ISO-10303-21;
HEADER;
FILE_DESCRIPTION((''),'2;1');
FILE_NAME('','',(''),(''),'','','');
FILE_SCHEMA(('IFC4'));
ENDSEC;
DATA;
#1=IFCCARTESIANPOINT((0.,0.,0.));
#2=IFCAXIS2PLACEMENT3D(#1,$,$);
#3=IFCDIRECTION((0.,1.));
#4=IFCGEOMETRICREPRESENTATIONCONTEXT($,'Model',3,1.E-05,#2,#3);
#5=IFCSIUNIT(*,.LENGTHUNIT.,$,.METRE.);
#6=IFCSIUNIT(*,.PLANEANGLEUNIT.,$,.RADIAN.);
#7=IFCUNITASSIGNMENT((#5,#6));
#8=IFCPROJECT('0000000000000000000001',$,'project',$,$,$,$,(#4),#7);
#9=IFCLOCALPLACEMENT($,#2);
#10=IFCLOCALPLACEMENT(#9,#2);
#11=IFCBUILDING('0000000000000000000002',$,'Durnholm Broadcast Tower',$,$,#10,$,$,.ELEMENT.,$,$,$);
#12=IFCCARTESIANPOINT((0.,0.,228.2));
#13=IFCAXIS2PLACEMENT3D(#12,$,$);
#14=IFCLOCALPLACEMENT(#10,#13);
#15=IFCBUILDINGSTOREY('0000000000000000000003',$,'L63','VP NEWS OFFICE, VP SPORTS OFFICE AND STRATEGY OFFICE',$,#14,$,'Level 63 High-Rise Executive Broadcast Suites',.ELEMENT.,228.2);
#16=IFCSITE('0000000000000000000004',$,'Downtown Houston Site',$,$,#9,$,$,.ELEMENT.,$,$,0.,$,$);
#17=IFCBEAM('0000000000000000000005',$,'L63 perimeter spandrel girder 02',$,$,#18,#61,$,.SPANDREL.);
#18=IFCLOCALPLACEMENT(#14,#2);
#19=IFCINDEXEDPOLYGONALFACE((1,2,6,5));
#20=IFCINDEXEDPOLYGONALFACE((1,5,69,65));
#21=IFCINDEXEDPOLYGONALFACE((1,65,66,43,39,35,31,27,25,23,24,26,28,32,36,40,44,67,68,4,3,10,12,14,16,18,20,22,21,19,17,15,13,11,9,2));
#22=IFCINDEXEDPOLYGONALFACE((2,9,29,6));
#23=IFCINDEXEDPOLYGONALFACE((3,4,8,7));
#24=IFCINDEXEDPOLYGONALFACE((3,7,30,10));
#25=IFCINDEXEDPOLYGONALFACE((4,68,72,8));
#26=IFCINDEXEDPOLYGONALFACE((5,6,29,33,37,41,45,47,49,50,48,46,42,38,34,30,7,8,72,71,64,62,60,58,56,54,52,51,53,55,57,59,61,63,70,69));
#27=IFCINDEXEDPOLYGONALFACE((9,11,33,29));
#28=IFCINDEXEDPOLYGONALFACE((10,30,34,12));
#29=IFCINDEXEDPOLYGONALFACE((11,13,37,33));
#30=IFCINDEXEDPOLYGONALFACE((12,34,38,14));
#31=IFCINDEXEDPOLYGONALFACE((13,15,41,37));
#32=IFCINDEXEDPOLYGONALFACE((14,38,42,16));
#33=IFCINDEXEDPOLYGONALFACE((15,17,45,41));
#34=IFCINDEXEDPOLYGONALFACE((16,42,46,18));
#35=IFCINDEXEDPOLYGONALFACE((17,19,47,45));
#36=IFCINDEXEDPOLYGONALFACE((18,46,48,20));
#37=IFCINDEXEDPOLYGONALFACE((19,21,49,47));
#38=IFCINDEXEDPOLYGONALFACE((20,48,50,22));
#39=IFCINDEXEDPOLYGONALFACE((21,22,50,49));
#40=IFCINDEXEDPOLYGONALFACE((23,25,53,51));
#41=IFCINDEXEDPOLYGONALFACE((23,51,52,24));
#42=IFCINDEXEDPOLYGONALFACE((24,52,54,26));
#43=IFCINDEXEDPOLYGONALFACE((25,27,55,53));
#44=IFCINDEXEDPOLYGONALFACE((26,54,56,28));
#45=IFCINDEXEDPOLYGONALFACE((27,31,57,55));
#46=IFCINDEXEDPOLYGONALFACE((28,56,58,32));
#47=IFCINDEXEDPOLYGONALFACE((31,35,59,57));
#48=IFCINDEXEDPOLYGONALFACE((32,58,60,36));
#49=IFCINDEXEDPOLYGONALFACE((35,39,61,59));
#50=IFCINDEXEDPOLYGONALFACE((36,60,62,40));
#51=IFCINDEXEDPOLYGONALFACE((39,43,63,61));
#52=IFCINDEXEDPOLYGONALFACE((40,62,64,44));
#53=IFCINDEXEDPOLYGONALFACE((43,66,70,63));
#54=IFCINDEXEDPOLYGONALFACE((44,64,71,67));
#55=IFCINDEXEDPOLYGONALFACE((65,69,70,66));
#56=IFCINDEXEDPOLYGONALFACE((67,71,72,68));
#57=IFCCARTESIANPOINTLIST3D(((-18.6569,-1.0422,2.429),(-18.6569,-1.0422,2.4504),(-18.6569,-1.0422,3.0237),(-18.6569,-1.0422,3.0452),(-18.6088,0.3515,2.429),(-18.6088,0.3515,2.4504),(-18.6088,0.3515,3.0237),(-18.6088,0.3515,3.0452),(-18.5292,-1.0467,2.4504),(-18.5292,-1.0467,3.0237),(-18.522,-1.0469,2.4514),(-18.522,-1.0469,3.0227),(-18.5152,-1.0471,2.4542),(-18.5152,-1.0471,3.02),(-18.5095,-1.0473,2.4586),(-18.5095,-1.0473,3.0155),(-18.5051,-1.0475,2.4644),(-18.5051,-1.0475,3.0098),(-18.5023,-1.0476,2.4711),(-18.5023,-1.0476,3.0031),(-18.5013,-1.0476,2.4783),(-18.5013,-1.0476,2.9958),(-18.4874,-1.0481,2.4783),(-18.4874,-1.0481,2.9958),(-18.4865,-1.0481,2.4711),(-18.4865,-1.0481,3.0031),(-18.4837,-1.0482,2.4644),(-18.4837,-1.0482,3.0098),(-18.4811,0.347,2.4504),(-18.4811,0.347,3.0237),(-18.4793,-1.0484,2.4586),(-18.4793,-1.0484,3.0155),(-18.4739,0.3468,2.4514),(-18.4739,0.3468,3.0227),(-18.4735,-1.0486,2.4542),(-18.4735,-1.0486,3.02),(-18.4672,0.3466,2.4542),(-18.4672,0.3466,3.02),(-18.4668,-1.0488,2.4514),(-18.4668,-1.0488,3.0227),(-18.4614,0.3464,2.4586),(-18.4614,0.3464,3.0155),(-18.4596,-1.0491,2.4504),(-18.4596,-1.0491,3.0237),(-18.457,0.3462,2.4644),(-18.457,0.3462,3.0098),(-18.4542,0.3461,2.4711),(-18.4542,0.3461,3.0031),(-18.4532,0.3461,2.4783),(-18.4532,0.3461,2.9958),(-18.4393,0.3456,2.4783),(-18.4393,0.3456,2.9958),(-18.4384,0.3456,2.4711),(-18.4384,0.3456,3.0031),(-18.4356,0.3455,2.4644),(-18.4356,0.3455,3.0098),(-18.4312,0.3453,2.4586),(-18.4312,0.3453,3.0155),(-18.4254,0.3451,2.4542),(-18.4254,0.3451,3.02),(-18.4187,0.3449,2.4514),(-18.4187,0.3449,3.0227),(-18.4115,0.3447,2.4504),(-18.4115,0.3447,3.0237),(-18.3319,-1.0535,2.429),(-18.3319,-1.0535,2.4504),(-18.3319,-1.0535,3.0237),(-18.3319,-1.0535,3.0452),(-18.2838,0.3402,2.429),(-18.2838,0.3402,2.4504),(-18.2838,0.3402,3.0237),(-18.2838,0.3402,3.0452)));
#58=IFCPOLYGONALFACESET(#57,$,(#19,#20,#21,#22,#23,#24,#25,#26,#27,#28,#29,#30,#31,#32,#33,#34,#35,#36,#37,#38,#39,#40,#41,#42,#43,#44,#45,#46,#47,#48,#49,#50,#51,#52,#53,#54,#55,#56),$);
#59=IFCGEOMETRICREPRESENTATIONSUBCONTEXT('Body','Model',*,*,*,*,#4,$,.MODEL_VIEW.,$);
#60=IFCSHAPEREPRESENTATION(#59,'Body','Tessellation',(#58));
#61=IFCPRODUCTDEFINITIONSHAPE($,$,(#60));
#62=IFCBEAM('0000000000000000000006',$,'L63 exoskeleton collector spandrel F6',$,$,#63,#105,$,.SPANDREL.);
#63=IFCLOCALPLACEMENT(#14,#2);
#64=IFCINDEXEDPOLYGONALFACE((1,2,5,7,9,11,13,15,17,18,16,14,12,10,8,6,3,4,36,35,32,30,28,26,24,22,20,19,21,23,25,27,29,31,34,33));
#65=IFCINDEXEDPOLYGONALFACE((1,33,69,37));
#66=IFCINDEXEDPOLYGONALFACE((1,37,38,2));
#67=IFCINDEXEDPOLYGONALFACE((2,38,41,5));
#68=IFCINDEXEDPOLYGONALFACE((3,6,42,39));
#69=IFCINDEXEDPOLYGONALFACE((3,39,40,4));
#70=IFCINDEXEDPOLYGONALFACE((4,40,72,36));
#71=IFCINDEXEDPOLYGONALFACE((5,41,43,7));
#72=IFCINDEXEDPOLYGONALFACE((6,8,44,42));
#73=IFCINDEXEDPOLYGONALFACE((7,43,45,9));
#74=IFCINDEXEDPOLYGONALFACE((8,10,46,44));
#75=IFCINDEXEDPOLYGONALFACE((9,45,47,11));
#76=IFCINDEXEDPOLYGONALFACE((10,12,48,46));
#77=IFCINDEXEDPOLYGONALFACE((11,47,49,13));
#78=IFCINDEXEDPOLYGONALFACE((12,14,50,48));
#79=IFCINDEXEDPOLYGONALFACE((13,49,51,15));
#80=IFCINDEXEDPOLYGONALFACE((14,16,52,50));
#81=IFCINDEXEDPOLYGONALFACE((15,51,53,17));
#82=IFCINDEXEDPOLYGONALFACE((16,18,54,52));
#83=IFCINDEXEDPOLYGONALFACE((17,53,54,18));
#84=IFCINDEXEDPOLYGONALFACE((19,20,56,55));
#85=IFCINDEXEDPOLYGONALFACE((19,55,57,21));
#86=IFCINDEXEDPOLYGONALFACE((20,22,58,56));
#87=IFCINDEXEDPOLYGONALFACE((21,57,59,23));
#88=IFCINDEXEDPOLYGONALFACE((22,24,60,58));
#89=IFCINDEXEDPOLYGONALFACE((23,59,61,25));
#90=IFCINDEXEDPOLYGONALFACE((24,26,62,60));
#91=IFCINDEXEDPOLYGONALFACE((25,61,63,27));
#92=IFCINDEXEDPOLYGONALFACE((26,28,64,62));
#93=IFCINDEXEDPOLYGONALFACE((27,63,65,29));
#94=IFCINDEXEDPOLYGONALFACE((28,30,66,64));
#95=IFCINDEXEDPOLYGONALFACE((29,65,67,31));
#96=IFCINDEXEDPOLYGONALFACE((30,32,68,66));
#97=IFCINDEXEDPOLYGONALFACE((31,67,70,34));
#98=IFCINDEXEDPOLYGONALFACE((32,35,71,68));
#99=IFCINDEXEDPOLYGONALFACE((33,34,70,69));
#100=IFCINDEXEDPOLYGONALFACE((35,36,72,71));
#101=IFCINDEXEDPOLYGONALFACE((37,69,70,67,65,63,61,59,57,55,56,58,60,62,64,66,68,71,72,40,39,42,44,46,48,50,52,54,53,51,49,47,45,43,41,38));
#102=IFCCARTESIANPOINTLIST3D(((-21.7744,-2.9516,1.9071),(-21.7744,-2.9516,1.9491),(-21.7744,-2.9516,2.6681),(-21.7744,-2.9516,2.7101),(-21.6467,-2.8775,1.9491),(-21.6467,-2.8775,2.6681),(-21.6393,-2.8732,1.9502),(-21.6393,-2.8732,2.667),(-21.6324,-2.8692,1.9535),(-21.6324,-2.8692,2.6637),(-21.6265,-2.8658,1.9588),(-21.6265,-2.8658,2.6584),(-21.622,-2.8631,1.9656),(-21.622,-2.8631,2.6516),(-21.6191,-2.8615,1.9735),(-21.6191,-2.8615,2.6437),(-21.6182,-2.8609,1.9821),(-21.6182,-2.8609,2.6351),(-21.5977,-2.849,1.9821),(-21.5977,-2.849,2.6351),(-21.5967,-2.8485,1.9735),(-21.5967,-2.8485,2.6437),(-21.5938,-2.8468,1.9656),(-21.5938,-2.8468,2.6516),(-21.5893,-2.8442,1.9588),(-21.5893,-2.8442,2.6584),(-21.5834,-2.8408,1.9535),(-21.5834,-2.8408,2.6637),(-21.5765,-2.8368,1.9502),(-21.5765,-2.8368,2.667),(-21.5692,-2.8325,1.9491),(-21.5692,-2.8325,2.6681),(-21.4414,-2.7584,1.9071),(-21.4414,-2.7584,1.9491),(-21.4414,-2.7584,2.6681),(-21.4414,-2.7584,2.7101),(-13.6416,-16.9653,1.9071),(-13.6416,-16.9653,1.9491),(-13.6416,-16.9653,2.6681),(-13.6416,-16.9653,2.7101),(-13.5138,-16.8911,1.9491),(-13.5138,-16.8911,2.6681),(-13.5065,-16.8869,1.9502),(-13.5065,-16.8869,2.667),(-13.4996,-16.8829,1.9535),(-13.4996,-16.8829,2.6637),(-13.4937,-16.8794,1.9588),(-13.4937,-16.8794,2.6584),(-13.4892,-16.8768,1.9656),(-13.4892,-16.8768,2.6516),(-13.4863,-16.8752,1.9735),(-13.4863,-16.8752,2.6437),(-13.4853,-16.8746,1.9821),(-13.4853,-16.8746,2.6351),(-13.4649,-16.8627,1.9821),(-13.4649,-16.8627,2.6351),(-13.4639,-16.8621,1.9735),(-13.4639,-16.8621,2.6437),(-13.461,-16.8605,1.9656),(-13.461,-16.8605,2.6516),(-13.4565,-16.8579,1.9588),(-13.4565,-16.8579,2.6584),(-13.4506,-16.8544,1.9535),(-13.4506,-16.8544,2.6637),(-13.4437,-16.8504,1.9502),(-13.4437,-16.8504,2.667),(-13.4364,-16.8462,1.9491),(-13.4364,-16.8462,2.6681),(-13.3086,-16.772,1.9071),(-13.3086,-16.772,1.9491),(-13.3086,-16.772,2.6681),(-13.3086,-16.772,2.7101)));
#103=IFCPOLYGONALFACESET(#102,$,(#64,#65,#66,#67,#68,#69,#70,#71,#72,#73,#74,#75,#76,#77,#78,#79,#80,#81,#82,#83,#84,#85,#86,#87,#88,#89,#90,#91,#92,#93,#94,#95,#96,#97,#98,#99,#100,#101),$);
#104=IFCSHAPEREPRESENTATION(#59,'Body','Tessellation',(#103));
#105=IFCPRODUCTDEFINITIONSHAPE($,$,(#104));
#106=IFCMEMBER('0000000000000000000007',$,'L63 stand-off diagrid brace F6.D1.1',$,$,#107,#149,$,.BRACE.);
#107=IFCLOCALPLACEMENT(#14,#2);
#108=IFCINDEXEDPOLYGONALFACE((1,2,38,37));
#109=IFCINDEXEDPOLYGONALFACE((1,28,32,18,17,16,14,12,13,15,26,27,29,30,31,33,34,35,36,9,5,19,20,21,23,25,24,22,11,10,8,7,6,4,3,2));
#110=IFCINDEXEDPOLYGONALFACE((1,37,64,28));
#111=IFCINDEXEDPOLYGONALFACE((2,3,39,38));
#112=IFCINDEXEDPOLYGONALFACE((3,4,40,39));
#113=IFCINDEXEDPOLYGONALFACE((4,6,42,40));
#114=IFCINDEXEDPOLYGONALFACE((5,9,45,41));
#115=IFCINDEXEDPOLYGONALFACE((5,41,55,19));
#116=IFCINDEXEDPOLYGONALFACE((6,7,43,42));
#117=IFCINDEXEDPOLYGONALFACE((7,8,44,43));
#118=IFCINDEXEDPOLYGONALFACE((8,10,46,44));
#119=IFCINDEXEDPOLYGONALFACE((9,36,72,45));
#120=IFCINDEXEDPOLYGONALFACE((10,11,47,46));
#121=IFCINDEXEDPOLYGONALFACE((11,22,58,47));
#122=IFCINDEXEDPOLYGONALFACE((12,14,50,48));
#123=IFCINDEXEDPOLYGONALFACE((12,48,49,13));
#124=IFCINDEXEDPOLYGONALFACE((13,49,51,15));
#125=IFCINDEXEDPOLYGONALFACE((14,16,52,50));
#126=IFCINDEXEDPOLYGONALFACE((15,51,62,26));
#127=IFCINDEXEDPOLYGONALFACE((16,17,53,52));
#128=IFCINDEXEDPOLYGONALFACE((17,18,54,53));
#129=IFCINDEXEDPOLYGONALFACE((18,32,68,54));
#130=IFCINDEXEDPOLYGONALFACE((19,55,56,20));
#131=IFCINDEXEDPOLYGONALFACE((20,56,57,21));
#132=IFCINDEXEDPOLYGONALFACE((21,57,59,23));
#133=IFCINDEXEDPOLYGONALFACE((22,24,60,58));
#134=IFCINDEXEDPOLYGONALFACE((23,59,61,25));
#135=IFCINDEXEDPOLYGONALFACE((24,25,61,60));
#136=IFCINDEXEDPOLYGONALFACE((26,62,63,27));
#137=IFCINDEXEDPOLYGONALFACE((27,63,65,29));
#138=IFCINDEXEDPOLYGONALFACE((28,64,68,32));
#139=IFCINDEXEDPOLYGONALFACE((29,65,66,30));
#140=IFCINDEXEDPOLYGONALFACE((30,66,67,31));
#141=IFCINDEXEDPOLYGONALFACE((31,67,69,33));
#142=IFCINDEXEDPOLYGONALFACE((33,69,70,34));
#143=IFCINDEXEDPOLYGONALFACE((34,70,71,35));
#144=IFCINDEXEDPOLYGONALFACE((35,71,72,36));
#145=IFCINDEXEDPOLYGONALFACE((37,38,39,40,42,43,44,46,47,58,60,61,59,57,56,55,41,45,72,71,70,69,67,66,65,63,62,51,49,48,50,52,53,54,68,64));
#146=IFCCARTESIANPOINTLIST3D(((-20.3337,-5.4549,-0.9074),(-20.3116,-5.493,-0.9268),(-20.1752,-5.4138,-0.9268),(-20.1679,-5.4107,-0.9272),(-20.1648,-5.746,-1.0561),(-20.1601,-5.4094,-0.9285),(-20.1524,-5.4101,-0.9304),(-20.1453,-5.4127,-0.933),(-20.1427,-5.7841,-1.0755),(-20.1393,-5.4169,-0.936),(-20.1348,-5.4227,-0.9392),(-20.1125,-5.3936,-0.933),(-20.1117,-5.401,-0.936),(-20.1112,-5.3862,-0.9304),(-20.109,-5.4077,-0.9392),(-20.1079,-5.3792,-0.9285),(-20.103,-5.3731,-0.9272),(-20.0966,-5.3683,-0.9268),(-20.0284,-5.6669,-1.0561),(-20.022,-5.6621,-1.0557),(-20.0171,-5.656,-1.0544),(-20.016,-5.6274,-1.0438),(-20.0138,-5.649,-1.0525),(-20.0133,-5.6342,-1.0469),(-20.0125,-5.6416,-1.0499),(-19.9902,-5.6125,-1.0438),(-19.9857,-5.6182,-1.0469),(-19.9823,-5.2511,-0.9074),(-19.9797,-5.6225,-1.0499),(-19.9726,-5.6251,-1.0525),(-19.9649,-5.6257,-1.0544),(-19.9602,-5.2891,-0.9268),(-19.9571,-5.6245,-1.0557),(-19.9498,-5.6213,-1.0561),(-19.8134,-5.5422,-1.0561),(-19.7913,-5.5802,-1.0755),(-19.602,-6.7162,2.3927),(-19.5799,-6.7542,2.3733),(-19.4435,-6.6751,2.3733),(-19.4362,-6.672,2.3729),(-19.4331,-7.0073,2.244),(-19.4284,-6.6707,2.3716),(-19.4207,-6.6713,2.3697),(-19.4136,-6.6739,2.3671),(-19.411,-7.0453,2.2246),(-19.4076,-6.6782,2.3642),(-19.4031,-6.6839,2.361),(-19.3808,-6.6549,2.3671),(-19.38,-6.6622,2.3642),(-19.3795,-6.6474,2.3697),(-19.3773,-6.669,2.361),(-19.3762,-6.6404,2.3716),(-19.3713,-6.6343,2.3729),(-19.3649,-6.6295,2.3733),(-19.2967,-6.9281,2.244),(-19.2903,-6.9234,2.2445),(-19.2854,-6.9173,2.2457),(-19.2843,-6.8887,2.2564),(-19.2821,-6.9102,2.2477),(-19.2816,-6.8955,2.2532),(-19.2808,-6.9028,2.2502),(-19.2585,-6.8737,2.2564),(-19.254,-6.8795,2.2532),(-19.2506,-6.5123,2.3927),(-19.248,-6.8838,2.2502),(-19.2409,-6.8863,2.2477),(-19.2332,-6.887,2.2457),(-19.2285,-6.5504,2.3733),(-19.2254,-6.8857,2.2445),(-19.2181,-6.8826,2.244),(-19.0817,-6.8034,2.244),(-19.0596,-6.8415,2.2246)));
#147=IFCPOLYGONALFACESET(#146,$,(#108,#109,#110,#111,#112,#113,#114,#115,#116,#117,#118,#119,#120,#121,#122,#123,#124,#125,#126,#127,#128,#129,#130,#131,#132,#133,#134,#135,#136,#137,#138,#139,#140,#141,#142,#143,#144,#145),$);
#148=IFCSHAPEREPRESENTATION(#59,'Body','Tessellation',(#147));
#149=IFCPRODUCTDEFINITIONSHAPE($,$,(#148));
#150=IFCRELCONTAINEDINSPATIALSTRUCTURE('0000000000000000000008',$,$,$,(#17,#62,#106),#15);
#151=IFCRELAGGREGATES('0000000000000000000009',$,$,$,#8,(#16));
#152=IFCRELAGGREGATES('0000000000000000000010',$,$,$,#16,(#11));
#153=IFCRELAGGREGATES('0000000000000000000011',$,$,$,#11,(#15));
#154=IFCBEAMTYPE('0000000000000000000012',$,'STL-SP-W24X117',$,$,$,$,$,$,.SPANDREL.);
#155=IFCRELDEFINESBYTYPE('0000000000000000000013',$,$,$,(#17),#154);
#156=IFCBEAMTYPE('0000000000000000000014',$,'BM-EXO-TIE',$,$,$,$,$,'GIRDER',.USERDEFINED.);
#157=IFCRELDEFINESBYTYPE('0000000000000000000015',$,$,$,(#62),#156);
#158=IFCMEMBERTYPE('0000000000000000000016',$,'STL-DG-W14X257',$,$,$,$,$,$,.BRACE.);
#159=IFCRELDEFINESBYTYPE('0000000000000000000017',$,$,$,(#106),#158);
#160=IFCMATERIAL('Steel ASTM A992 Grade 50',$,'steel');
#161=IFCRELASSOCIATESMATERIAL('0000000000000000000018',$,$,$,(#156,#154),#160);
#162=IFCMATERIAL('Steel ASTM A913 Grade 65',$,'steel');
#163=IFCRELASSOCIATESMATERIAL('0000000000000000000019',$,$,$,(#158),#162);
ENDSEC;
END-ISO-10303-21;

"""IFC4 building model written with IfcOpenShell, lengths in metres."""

from ifc_helpers import new_model, si_unit, direction, frame, origin, origin_2d, place, context, subcontext, project, spatial, i_section, extrude, source, transform, mapped, material, material_profile, profile_set, type_object, type_shapes, element, save


model = new_model("IFC4")

# Units and contexts
model_context = context("Model", 3, precision=1e-05, world=origin(), true_north=direction((0.0, 1.0)))
body_context = subcontext(model_context, "Body", "Model", "MODEL_VIEW")
ifc_project = project(units=[si_unit("LENGTHUNIT", "METRE"), si_unit("PLANEANGLEUNIT", "RADIAN")], contexts=[model_context])

# Site, building, storey
site_placement = place(None, origin())
site = spatial("IfcSite", under=ifc_project, at=site_placement, Name="Downtown Houston Site", CompositionType="ELEMENT", RefElevation=0.0)
building_placement = place(site_placement, origin())
building = spatial("IfcBuilding", under=site, at=building_placement, Name="Durnholm Broadcast Tower", CompositionType="ELEMENT")
storey_placement = place(building_placement, frame((0.0, 0.0, 228.2)))
storey = spatial("IfcBuildingStorey", under=building, at=storey_placement, Name="L63", Description="VP NEWS OFFICE, VP SPORTS OFFICE AND STRATEGY OFFICE", LongName="Level 63 High-Rise Executive Broadcast Suites", CompositionType="ELEMENT", Elevation=228.2)

# Beams
ifc_material_1 = material(Name="Steel ASTM A992 Grade 50", Category="steel")
ifc_material_profile_1 = material_profile(ifc_material_1, i_section(OverallWidth=0.385, OverallDepth=0.803, WebThickness=0.0237, FlangeThickness=0.042, FilletRadius=0.033, at=origin_2d()), Name="W30X261")
ifc_profile_set_1 = profile_set([ifc_material_profile_1], Name="Steel ASTM A992 Grade 50")
beam_type_1 = type_object("IfcBeamType", Name="BM-EXO-TIE", ElementType="GIRDER", PredefinedType="USERDEFINED", material=ifc_profile_set_1)
ifc_material_profile_2 = material_profile(ifc_material_1, i_section(OverallWidth=0.3252, OverallDepth=0.6162, WebThickness=0.0139, FlangeThickness=0.0215, FilletRadius=0.0278, at=origin_2d()), Name="W24X117")
ifc_profile_set_2 = profile_set([ifc_material_profile_2], Name="Steel ASTM A992 Grade 50")
beam_type_2 = type_object("IfcBeamType", Name="STL-SP-W24X117", PredefinedType="SPANDREL", material=ifc_profile_set_2)
shared_shape_1 = source(origin(), body_context, "Body", "SweptSolid", [
    extrude(i_section(OverallWidth=0.3252, OverallDepth=0.6162, WebThickness=0.0139, FlangeThickness=0.0215, FilletRadius=0.0278, at=origin_2d()), origin(), (0.0, 0.0, 1.0), 1.3945),
])
beam_1_placement = place(storey_placement, frame((-18.4944, -1.0479, 2.7371), z_axis=(0.034486, 0.999405, 0.0), x_axis=(-0.999405, 0.034486, 0.0)))
element("IfcBeam", 1, at=beam_1_placement, inside=storey, type_object=beam_type_2, Name="L63 perimeter spandrel girder 02", PredefinedType="SPANDREL", context=body_context, shape_type="MappedRepresentation", body=[
    mapped(shared_shape_1, transform((0.0, 0.0, 0.0), x_axis=(1.0, 0.0, 0.0), y_axis=(0.0, 1.0, 0.0), z_axis=(0.0, 0.0, 1.0), scale=1.0)),
])
shared_shape_2 = source(origin(), body_context, "Body", "SweptSolid", [
    extrude(i_section(OverallWidth=0.385, OverallDepth=0.803, WebThickness=0.0237, FlangeThickness=0.042, FilletRadius=0.033, at=origin_2d()), origin(), (0.0, 0.0, 1.0), 16.2026),
])
beam_2_placement = place(storey_placement, frame((-21.6079, -2.855, 2.3086), z_axis=(0.501944, -0.8649, 0.0), x_axis=(0.8649, 0.501944, 0.0)))
element("IfcBeam", 2, at=beam_2_placement, inside=storey, type_object=beam_type_1, Name="L63 exoskeleton collector spandrel F6", PredefinedType="SPANDREL", context=body_context, shape_type="MappedRepresentation", body=[
    mapped(shared_shape_2, transform((0.0, 0.0, 0.0), x_axis=(1.0, 0.0, 0.0), y_axis=(0.0, 1.0, 0.0), z_axis=(0.0, 0.0, 1.0), scale=1.0)),
])

# Member
ifc_material_2 = material(Name="Steel ASTM A913 Grade 65", Category="steel")
ifc_material_profile_3 = material_profile(ifc_material_2, i_section(OverallWidth=0.4062, OverallDepth=0.416, WebThickness=0.0298, FlangeThickness=0.0481, FilletRadius=0.0305, at=origin_2d()), Name="W14X257")
ifc_profile_set_3 = profile_set([ifc_material_profile_3], Name="Steel ASTM A913 Grade 65")
member_type_1 = type_object("IfcMemberType", Name="STL-DG-W14X257", PredefinedType="BRACE", material=ifc_profile_set_3)
shared_shape_3 = source(origin(), body_context, "Body", "SweptSolid", [
    extrude(i_section(OverallWidth=0.4062, OverallDepth=0.416, WebThickness=0.0298, FlangeThickness=0.0481, FilletRadius=0.0305, at=origin_2d()), origin(), (0.0, 0.0, 1.0), 3.6079),
])
type_shapes(member_type_1, [shared_shape_3])
for number, where, z_axis, x_axis, name in (
    (3, (-20.0625, -5.5176, -0.9915), (0.202806, -0.349582, 0.914692), (0.864979, 0.501808, 0.0), "L63 stand-off diagrid brace F6.D1.1"),
):
    element("IfcMember", number, at=place(storey_placement, frame(where, z_axis=z_axis, x_axis=x_axis)), inside=storey, type_object=member_type_1, Name=name, PredefinedType="BRACE", context=body_context, shape_type="MappedRepresentation", body=[
        mapped(shared_shape_3, transform((0.0, 0.0, 0.0), x_axis=(1.0, 0.0, 0.0), y_axis=(0.0, 1.0, 0.0), z_axis=(0.0, 0.0, 1.0), scale=1.0)),
    ])

save(model, "model.ifc")
